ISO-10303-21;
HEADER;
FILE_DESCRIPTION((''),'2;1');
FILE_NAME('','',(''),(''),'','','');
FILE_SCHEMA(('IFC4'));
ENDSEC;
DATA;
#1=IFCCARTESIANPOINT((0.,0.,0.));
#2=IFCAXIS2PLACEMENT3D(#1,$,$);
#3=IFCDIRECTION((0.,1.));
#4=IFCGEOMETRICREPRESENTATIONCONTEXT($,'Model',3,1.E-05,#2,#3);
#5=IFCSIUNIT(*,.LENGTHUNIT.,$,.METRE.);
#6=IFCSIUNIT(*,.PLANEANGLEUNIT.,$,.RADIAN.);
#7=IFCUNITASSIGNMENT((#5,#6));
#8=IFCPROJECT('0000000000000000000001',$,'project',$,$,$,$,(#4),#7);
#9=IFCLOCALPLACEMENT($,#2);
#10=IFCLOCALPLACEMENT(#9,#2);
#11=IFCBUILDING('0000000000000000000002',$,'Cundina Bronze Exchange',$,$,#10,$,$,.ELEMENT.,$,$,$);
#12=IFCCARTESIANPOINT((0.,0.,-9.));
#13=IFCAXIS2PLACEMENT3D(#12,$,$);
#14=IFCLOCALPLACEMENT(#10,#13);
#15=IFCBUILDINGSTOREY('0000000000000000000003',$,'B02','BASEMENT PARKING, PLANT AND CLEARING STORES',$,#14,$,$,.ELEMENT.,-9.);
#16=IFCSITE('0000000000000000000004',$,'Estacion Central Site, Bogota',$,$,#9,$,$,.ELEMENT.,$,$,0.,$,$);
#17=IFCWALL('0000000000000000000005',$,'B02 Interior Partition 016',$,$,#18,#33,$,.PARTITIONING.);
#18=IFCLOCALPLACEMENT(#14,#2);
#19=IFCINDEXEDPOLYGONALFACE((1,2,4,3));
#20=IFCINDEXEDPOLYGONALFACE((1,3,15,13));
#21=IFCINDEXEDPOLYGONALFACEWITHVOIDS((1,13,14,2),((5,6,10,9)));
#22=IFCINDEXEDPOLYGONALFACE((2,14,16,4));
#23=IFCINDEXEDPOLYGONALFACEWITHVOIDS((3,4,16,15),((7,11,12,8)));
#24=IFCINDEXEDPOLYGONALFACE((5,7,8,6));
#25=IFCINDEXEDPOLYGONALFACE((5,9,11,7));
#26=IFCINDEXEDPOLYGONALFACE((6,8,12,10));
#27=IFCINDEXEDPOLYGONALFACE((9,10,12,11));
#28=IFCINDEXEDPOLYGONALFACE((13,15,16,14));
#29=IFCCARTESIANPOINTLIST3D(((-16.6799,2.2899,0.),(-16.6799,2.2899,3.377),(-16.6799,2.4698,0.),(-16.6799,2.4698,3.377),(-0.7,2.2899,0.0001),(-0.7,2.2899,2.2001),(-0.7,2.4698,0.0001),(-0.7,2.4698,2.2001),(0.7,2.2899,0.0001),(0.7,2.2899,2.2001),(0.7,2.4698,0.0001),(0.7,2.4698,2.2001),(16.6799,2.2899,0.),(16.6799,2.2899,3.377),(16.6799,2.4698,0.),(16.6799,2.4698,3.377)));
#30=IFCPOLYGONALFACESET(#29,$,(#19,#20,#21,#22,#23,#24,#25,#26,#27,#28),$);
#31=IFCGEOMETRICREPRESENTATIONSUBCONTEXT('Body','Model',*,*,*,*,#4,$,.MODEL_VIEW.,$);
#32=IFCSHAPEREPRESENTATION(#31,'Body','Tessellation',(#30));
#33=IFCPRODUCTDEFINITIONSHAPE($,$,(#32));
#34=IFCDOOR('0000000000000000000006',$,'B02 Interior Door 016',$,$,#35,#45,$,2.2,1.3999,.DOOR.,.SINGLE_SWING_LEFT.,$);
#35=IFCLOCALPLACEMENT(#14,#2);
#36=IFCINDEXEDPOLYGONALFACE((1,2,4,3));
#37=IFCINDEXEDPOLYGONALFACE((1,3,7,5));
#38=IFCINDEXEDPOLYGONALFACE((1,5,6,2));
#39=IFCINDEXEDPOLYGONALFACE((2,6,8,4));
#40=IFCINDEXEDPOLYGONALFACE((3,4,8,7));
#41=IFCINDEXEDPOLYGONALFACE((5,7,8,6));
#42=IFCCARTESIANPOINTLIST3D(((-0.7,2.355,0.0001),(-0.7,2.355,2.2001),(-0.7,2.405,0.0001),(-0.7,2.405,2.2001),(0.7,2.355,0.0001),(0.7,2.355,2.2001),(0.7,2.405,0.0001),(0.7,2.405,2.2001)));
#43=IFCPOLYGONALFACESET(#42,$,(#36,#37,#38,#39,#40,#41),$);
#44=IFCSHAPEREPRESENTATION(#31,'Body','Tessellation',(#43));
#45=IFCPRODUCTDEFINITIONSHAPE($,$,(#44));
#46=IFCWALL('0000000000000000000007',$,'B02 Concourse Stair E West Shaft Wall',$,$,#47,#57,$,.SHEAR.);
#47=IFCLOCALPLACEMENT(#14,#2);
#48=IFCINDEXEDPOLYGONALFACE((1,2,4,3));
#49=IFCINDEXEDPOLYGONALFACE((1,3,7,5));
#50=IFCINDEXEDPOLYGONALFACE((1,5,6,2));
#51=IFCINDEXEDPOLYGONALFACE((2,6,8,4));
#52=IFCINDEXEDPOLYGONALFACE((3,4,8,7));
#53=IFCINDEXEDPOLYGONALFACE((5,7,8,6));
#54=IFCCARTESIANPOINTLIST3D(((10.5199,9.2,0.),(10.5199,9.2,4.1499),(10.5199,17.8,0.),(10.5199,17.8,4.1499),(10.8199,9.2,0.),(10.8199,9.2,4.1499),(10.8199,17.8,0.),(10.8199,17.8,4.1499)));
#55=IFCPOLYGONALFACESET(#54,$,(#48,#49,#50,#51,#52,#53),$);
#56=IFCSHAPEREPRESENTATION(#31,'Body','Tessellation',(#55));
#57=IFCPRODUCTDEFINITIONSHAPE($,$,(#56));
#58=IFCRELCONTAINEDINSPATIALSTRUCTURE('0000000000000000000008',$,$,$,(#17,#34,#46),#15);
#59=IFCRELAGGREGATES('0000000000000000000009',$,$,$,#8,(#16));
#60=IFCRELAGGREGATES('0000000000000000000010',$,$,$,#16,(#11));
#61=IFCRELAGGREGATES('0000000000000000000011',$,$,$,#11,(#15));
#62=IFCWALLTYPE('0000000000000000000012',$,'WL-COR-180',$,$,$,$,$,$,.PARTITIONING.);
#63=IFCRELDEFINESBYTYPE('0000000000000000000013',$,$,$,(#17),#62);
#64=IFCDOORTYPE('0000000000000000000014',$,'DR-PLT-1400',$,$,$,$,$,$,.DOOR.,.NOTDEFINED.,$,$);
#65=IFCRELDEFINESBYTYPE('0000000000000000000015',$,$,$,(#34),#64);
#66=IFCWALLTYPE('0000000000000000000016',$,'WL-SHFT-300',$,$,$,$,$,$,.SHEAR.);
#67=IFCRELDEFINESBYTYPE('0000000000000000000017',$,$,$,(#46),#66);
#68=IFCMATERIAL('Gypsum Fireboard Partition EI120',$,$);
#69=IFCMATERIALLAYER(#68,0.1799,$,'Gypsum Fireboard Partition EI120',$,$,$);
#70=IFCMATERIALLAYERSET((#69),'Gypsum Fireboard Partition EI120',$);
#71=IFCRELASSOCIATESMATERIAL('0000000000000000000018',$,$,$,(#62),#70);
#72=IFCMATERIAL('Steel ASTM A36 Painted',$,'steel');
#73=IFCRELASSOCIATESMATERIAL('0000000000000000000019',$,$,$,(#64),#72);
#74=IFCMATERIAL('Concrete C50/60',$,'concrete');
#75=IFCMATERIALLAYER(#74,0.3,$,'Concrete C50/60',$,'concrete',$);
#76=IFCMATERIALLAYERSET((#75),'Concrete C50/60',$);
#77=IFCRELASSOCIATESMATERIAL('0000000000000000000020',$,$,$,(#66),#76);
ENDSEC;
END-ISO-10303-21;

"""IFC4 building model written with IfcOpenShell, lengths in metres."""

from ifc_helpers import new_model, si_unit, direction, frame, frame_2d, origin, place, context, subcontext, project, spatial, rectangle, extrude, material, layer, layer_set, type_object, element, fill, save


model = new_model("IFC4")

# Units and contexts
model_context = context("Model", 3, precision=1e-05, world=origin(), true_north=direction((0.0, 1.0)))
body_context = subcontext(model_context, "Body", "Model", "MODEL_VIEW")
ifc_project = project(units=[si_unit("LENGTHUNIT", "METRE"), si_unit("PLANEANGLEUNIT", "RADIAN")], contexts=[model_context])

# Site, building, storey
site_placement = place(None, origin())
site = spatial("IfcSite", under=ifc_project, at=site_placement, Name="Estacion Central Site, Bogota", CompositionType="ELEMENT", RefElevation=0.0)
building_placement = place(site_placement, origin())
building = spatial("IfcBuilding", under=site, at=building_placement, Name="Cundina Bronze Exchange", CompositionType="ELEMENT")
storey_placement = place(building_placement, frame((0.0, 0.0, -9.0)))
storey = spatial("IfcBuildingStorey", under=building, at=storey_placement, Name="B02", Description="BASEMENT PARKING, PLANT AND CLEARING STORES", CompositionType="ELEMENT", Elevation=-9.0)

# Shared definitions
ifc_material_1 = material(Name="Gypsum Fireboard Partition EI120")
ifc_layer_1 = layer(ifc_material_1, 0.1799, Name="Gypsum Fireboard Partition EI120")
ifc_layer_set_1 = layer_set([ifc_layer_1], Name="Gypsum Fireboard Partition EI120")
wall_type_1 = type_object("IfcWallType", Name="WL-COR-180", PredefinedType="PARTITIONING", material=ifc_layer_set_1)

# Wall, opening, door
ifc_material_2 = material(Name="Steel ASTM A36 Painted", Category="steel")
wall_1_placement = place(storey_placement, frame((16.6799, 2.3799, 0.0), z_axis=(0.0, 0.0, 1.0), x_axis=(-1.0, 0.0, 0.0)))
wall_1 = element("IfcWall", 1, at=wall_1_placement, inside=storey, type_object=wall_type_1, Name="B02 Interior Partition 016", PredefinedType="PARTITIONING", context=body_context, shape_type="SweptSolid", body=[
    extrude(rectangle(XDim=33.3599, YDim=0.1799, at=frame_2d((16.6799, 0.0))), origin(), (0.0, 0.0, 1.0), 3.377),
])
opening_1_placement = place(wall_1_placement, frame((15.98, 0.0, 0.0)))
opening_1 = element("IfcOpeningElement", 2, at=opening_1_placement, cuts=wall_1, PredefinedType="OPENING", context=body_context, shape_type="SweptSolid", body=[
    extrude(rectangle(XDim=1.3999, YDim=2.2, at=frame_2d((0.7, 1.1001))), frame((0.0, 0.0999, 0.0), z_axis=(0.0, -1.0, 0.0), x_axis=(1.0, 0.0, 0.0)), (0.0, 0.0, 1.0), 0.2),
])
door_type_1 = type_object("IfcDoorType", Name="DR-PLT-1400", OperationType="NOTDEFINED", PredefinedType="DOOR", material=ifc_material_2)
door_1_placement = place(opening_1_placement, origin())
door_1 = element("IfcDoor", 3, at=door_1_placement, inside=storey, type_object=door_type_1, Name="B02 Interior Door 016", OperationType="SINGLE_SWING_LEFT", OverallHeight=2.2, OverallWidth=1.3999, PredefinedType="DOOR", context=body_context, shape_type="SweptSolid", body=[
    extrude(rectangle(XDim=1.3999, YDim=2.2, at=frame_2d((0.7, 1.1001))), frame((0.0, 0.0249, 0.0), z_axis=(0.0, -1.0, 0.0), x_axis=(1.0, 0.0, 0.0)), (0.0, 0.0, 1.0), 0.05),
])
fill(opening_1, door_1)

# Wall
ifc_material_3 = material(Name="Concrete C50/60", Category="concrete")
ifc_layer_2 = layer(ifc_material_3, 0.3, Name="Concrete C50/60", Category="concrete")
ifc_layer_set_2 = layer_set([ifc_layer_2], Name="Concrete C50/60")
wall_type_2 = type_object("IfcWallType", Name="WL-SHFT-300", PredefinedType="SHEAR", material=ifc_layer_set_2)
wall_2_placement = place(storey_placement, frame((10.6699, 9.2, 0.0), z_axis=(0.0, 0.0, 1.0), x_axis=(0.0, 1.0, 0.0)))
element("IfcWall", 4, at=wall_2_placement, inside=storey, type_object=wall_type_2, Name="B02 Concourse Stair E West Shaft Wall", PredefinedType="SHEAR", context=body_context, shape_type="SweptSolid", body=[
    extrude(rectangle(XDim=8.6001, YDim=0.3, at=frame_2d((4.3, 0.0))), origin(), (0.0, 0.0, 1.0), 4.1499),
])

save(model, "model.ifc")
